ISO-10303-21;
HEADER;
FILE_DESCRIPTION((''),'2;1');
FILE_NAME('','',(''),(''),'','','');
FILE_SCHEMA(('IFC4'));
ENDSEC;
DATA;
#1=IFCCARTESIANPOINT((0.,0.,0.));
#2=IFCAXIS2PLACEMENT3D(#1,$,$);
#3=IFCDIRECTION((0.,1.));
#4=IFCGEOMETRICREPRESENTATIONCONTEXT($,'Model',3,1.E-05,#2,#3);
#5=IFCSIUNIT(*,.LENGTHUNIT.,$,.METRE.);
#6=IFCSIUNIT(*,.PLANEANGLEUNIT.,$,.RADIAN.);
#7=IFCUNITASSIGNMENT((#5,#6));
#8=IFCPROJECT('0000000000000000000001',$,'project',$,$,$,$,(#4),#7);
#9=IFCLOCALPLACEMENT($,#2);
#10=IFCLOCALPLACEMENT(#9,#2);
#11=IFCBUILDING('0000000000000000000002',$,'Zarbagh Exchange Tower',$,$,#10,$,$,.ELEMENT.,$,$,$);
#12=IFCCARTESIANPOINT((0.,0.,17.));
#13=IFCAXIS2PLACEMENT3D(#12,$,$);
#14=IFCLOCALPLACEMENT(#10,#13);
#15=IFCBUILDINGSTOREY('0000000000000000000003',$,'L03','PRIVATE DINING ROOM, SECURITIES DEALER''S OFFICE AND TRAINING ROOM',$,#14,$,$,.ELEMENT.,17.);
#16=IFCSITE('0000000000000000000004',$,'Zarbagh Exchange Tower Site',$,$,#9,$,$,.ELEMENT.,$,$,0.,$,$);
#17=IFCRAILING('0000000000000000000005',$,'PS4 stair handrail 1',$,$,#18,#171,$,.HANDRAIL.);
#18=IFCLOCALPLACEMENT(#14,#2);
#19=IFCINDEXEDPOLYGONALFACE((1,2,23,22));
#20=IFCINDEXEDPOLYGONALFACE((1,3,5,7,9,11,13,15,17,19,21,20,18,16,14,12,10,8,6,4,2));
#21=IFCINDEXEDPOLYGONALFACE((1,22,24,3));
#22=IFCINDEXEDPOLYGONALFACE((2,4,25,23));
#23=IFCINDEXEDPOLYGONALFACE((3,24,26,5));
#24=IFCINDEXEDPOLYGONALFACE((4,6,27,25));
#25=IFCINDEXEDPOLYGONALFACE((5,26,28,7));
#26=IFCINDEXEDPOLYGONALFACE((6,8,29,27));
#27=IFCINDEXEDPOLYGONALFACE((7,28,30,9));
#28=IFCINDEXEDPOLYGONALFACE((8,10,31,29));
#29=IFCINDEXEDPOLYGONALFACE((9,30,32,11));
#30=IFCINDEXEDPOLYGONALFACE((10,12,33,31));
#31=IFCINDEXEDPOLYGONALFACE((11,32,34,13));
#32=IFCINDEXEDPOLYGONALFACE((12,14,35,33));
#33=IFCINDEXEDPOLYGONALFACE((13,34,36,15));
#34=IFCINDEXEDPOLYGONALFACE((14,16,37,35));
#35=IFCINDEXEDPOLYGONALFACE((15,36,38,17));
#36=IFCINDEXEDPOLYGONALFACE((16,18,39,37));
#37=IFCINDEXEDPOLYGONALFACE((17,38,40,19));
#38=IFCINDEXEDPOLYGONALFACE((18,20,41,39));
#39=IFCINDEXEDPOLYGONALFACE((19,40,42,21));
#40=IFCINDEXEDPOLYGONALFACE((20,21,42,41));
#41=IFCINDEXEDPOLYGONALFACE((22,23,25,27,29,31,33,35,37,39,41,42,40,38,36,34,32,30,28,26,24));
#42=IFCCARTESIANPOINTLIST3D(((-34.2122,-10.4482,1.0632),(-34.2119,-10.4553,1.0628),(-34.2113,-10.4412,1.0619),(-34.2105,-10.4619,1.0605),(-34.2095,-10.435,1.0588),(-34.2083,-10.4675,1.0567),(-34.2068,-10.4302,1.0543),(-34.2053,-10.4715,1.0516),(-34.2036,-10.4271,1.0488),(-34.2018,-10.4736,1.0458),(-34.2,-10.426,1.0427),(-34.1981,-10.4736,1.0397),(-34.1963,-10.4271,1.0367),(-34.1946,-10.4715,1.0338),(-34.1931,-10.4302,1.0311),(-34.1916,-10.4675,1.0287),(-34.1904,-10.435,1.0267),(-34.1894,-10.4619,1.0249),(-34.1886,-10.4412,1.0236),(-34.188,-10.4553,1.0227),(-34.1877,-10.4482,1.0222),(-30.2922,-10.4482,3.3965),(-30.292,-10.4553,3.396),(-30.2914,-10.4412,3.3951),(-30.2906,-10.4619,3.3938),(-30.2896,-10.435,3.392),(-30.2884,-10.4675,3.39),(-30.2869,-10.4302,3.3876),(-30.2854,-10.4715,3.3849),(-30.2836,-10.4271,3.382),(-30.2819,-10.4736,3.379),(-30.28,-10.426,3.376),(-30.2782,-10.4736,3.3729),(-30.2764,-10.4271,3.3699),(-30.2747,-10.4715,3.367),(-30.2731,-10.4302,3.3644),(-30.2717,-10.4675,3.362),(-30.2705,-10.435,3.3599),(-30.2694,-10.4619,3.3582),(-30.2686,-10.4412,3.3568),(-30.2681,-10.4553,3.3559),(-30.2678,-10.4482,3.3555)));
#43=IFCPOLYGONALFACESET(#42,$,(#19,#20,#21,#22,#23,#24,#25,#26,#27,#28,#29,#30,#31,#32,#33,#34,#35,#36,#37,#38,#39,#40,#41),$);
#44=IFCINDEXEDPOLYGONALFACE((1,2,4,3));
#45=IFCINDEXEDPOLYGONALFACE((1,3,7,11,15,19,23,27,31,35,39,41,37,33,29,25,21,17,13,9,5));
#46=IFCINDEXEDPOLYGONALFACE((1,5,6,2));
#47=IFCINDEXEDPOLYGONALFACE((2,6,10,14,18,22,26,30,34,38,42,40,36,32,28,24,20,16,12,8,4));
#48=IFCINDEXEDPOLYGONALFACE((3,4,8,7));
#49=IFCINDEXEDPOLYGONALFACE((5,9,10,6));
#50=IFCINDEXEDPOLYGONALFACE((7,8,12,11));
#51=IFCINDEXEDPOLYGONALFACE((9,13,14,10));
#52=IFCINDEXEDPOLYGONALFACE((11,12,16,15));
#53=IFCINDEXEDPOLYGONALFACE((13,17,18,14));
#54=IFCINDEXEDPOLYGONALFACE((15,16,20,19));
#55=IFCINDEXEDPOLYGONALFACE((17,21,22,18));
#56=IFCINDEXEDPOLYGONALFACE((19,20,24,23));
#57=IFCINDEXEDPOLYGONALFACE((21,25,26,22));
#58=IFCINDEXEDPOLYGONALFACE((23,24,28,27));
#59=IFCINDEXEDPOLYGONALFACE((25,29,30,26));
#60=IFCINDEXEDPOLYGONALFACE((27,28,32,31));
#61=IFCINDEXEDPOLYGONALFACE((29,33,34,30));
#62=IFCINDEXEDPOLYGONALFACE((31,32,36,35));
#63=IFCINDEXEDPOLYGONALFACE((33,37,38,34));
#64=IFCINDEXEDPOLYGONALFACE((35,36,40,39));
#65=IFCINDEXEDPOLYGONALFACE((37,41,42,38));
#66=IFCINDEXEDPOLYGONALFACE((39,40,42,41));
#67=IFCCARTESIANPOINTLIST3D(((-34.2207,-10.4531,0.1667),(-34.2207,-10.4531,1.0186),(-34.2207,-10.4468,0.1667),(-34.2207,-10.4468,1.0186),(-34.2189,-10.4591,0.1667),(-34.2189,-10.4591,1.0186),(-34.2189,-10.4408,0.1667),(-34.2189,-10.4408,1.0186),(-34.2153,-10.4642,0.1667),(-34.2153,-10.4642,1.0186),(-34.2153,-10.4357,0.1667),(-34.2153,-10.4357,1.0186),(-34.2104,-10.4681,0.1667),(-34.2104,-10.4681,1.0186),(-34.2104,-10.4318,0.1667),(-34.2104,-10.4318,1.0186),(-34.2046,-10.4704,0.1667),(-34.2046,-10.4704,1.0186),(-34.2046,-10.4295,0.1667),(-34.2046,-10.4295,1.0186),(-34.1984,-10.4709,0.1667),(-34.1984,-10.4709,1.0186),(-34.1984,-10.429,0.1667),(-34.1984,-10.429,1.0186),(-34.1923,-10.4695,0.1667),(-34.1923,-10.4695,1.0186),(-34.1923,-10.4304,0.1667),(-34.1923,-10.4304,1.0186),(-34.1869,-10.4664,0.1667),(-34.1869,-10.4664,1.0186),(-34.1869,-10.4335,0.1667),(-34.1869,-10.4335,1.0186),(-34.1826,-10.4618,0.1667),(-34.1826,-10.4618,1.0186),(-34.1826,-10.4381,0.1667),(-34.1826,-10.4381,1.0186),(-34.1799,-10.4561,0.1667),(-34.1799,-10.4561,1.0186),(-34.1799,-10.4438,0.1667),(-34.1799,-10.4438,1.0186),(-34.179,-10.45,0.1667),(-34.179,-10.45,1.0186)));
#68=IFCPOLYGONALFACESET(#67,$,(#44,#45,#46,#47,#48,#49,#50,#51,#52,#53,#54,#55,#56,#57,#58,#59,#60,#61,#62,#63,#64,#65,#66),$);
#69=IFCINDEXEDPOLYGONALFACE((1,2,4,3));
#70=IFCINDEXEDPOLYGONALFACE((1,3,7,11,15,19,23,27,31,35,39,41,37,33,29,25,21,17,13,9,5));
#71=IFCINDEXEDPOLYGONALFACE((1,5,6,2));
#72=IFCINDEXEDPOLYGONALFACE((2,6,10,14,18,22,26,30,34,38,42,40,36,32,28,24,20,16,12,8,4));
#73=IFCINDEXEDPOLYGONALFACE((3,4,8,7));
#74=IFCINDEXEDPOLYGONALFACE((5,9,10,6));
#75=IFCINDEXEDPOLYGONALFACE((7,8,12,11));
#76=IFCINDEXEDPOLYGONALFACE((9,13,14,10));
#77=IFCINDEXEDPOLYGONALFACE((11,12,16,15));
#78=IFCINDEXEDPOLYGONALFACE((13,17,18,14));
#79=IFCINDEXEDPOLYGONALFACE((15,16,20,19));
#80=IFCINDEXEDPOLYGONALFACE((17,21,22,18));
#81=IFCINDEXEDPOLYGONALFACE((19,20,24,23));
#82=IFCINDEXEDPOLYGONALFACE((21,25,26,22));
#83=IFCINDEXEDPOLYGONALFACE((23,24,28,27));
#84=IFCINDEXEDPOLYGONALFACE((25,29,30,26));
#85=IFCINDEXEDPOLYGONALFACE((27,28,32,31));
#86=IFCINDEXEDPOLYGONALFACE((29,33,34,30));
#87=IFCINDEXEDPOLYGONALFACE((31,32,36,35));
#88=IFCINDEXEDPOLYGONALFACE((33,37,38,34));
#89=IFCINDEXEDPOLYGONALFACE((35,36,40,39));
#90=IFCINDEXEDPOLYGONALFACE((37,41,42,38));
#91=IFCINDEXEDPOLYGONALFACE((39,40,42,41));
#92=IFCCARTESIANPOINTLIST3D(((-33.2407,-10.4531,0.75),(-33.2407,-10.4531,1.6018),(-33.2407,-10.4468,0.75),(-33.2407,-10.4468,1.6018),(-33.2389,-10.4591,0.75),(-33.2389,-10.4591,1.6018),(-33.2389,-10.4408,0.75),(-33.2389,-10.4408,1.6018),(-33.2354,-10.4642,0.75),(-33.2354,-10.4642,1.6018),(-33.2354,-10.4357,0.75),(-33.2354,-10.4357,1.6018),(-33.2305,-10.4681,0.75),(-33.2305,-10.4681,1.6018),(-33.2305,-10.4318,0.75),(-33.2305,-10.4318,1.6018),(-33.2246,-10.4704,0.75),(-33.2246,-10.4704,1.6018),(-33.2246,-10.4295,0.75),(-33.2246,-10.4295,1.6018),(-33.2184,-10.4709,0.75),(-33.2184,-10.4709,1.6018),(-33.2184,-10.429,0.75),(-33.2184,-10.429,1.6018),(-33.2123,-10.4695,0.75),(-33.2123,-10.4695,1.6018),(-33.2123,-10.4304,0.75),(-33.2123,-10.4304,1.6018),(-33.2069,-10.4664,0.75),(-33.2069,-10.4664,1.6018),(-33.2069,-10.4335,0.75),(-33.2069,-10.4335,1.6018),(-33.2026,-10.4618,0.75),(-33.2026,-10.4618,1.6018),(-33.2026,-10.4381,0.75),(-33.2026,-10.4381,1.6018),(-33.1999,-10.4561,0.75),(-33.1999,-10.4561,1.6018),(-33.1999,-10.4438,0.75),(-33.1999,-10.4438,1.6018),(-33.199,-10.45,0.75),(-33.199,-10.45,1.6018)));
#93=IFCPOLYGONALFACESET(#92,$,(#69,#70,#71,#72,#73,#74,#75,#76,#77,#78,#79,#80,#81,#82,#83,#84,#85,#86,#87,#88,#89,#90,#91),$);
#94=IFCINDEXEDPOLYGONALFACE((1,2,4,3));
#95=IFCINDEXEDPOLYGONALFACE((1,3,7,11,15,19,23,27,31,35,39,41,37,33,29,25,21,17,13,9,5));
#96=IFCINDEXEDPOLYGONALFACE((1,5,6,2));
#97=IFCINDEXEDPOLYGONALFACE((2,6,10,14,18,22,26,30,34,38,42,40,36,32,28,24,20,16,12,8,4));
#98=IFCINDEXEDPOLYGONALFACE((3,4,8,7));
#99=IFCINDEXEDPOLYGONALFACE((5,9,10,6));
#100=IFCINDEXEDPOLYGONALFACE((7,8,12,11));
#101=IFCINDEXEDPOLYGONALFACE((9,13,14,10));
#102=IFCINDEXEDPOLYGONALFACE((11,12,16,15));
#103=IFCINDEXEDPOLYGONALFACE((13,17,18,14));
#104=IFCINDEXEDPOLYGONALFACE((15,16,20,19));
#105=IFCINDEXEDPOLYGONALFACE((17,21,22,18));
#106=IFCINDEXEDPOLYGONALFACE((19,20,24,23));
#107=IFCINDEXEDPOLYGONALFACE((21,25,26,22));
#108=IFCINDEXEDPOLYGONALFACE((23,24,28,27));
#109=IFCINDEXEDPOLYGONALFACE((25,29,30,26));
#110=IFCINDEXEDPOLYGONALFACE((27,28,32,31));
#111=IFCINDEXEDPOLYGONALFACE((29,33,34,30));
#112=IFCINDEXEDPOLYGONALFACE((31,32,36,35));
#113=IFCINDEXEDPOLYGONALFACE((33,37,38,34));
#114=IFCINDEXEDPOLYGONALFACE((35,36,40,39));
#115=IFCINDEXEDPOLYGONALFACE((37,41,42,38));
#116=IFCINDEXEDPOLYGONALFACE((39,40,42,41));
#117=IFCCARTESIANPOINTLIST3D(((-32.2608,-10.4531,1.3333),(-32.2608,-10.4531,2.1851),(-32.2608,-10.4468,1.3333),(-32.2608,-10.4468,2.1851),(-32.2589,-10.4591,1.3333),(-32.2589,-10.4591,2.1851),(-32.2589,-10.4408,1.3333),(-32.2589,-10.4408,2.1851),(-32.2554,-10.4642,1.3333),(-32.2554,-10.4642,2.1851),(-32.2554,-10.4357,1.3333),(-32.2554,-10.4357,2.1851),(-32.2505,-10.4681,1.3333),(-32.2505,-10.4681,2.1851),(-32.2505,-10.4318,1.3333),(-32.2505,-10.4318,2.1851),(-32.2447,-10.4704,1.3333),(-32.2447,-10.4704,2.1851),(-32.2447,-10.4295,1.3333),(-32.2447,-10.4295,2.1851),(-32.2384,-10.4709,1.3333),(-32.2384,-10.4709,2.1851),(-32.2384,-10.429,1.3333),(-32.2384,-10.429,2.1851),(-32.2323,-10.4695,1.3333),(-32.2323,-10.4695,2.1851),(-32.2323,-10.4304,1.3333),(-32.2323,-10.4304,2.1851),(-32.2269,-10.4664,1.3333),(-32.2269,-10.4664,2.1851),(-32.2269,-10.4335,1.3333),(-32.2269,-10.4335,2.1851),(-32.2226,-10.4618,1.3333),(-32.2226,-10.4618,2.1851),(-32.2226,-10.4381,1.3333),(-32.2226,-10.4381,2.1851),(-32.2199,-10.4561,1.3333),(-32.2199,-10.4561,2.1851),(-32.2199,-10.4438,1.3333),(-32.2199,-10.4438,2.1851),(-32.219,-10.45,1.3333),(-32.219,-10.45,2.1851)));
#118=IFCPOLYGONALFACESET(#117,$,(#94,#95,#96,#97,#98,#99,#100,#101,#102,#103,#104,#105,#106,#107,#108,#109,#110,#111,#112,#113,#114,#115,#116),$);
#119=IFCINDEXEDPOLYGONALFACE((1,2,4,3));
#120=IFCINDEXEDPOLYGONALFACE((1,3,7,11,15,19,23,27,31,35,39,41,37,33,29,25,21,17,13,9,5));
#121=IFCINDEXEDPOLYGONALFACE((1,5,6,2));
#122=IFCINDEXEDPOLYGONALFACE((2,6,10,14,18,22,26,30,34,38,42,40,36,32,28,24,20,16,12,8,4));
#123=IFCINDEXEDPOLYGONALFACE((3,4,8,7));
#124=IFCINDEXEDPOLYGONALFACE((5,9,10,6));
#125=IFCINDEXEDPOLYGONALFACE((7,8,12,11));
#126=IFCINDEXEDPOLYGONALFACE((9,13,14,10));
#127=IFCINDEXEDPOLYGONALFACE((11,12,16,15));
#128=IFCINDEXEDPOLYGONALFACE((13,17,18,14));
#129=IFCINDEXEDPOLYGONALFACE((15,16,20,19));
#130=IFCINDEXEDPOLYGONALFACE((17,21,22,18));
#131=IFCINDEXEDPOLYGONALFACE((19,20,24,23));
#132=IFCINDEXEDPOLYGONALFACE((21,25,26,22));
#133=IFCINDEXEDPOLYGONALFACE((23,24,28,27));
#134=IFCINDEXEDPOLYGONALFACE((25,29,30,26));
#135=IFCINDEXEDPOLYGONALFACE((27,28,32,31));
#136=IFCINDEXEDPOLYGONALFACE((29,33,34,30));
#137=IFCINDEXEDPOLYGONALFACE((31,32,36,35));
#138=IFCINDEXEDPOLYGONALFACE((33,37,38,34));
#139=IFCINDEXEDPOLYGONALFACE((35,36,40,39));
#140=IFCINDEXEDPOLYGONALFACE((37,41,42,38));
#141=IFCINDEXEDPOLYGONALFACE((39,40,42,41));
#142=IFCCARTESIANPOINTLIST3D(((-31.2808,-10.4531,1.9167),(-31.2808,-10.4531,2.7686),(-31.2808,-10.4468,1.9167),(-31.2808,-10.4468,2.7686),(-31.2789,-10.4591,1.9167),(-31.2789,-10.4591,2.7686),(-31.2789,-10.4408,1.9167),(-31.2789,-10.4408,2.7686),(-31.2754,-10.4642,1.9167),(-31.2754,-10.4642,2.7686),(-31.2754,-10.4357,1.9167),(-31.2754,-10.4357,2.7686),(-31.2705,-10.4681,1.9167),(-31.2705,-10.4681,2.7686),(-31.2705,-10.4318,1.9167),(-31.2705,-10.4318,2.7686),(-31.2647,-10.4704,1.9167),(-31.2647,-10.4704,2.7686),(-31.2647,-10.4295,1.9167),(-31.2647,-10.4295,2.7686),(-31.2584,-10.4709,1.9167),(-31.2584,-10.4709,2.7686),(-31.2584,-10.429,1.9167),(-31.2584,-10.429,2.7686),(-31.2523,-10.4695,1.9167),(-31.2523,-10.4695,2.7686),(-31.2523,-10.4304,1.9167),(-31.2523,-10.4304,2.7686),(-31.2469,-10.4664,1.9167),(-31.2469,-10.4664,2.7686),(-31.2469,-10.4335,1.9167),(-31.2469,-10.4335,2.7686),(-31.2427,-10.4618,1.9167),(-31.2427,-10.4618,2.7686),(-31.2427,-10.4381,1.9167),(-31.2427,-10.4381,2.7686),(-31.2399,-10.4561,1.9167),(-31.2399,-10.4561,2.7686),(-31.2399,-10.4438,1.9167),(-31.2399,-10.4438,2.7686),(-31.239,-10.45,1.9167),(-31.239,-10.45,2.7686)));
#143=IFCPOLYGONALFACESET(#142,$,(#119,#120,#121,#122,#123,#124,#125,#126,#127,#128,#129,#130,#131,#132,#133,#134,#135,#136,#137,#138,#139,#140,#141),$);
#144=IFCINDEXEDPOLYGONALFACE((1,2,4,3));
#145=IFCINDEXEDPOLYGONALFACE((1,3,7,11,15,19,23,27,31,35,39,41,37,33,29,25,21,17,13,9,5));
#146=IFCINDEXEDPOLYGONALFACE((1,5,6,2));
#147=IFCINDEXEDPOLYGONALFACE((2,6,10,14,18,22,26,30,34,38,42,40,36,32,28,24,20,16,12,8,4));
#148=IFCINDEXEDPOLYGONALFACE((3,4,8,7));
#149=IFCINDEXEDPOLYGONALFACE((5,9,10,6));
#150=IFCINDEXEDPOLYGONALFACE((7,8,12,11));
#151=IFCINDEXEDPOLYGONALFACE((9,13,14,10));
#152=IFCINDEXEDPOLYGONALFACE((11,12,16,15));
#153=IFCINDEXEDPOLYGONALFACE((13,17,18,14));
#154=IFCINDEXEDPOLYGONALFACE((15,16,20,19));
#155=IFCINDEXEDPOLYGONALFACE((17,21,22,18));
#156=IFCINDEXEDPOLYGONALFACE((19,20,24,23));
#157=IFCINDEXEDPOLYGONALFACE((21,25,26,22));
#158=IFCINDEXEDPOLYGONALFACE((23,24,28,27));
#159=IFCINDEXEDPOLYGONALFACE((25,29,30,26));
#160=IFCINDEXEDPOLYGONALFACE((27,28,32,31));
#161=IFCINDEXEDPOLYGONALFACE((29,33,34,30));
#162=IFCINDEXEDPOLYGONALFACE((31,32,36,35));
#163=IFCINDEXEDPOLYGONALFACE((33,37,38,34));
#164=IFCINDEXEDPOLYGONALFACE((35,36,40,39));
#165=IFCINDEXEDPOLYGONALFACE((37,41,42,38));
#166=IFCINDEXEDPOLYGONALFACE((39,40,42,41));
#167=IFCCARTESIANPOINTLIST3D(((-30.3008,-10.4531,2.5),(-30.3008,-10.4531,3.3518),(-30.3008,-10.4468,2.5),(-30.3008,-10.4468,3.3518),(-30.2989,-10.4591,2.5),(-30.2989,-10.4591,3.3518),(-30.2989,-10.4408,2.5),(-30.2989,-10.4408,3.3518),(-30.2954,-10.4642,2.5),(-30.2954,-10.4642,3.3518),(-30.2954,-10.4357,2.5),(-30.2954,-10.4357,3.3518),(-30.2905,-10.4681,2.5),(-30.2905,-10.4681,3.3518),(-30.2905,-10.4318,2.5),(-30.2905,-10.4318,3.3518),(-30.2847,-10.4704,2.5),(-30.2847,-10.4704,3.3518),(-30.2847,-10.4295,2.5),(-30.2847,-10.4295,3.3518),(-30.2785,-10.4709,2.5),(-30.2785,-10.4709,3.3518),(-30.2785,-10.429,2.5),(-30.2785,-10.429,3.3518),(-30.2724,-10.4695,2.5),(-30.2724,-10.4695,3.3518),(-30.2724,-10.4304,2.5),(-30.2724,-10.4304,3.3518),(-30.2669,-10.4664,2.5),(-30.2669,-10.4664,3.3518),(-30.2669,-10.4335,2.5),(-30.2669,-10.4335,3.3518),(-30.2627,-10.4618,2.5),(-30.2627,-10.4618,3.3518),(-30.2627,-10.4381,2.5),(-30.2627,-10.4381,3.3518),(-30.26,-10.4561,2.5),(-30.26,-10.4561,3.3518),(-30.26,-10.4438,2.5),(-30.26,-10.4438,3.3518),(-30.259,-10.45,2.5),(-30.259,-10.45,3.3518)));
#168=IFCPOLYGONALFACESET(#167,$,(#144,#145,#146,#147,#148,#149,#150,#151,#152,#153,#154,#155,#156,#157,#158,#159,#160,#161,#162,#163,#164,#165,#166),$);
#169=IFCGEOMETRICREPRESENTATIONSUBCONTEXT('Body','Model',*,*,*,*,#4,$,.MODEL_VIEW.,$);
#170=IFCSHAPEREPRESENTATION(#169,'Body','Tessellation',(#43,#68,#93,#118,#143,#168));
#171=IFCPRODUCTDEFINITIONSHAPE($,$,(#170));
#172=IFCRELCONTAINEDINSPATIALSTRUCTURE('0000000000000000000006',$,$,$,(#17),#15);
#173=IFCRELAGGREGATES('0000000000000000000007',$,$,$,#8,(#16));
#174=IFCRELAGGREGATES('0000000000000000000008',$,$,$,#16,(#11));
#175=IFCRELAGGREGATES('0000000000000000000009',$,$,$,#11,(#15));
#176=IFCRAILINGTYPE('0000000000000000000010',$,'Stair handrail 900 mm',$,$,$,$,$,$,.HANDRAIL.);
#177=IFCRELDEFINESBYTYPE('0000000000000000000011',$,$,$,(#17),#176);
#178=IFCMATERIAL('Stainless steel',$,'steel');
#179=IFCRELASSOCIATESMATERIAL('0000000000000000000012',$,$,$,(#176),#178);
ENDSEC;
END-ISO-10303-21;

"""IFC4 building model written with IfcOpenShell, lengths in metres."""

from ifc_helpers import new_model, si_unit, direction, frame, origin, origin_2d, place, context, subcontext, project, spatial, circle, extrude, material, type_object, element, save


model = new_model("IFC4")

# Units and contexts
model_context = context("Model", 3, precision=1e-05, world=origin(), true_north=direction((0.0, 1.0)))
body_context = subcontext(model_context, "Body", "Model", "MODEL_VIEW")
ifc_project = project(units=[si_unit("LENGTHUNIT", "METRE"), si_unit("PLANEANGLEUNIT", "RADIAN")], contexts=[model_context])

# Site, building, storey
site_placement = place(None, origin())
site = spatial("IfcSite", under=ifc_project, at=site_placement, Name="Zarbagh Exchange Tower Site", CompositionType="ELEMENT", RefElevation=0.0)
building_placement = place(site_placement, origin())
building = spatial("IfcBuilding", under=site, at=building_placement, Name="Zarbagh Exchange Tower", CompositionType="ELEMENT")
storey_placement = place(building_placement, frame((0.0, 0.0, 17.0)))
storey = spatial("IfcBuildingStorey", under=building, at=storey_placement, Name="L03", Description="PRIVATE DINING ROOM, SECURITIES DEALER'S OFFICE AND TRAINING ROOM", CompositionType="ELEMENT", Elevation=17.0)

# Railing
ifc_material_1 = material(Name="Stainless steel", Category="steel")
railing_type_1 = type_object("IfcRailingType", Name="Stair handrail 900 mm", PredefinedType="HANDRAIL", material=ifc_material_1)
for number, where, name in (
    (1, (-34.2, -10.45, 0.1667), "PS4 stair handrail 1"),
):
    element("IfcRailing", number, at=place(storey_placement, frame(where)), inside=storey, type_object=railing_type_1, Name=name, PredefinedType="HANDRAIL", context=body_context, shape_type="SweptSolid", body=[
        extrude(circle(Radius=0.0239, at=origin_2d()), frame((0.0, 0.0, 0.876), z_axis=(0.859296, 0.0, 0.511478), x_axis=(0.0, 1.0, 0.0)), (0.0, 0.0, 1.0), 4.5618),
        extrude(circle(Radius=0.021, at=origin_2d()), origin(), (0.0, 0.0, 1.0), 0.8518),
        extrude(circle(Radius=0.021, at=origin_2d()), frame((0.98, 0.0, 0.5833)), (0.0, 0.0, 1.0), 0.8518),
        extrude(circle(Radius=0.021, at=origin_2d()), frame((1.96, 0.0, 1.1665)), (0.0, 0.0, 1.0), 0.8518),
        extrude(circle(Radius=0.021, at=origin_2d()), frame((2.9399, 0.0, 1.75)), (0.0, 0.0, 1.0), 0.8518),
        extrude(circle(Radius=0.021, at=origin_2d()), frame((3.9199, 0.0, 2.3333)), (0.0, 0.0, 1.0), 0.8518),
    ])

save(model, "model.ifc")
